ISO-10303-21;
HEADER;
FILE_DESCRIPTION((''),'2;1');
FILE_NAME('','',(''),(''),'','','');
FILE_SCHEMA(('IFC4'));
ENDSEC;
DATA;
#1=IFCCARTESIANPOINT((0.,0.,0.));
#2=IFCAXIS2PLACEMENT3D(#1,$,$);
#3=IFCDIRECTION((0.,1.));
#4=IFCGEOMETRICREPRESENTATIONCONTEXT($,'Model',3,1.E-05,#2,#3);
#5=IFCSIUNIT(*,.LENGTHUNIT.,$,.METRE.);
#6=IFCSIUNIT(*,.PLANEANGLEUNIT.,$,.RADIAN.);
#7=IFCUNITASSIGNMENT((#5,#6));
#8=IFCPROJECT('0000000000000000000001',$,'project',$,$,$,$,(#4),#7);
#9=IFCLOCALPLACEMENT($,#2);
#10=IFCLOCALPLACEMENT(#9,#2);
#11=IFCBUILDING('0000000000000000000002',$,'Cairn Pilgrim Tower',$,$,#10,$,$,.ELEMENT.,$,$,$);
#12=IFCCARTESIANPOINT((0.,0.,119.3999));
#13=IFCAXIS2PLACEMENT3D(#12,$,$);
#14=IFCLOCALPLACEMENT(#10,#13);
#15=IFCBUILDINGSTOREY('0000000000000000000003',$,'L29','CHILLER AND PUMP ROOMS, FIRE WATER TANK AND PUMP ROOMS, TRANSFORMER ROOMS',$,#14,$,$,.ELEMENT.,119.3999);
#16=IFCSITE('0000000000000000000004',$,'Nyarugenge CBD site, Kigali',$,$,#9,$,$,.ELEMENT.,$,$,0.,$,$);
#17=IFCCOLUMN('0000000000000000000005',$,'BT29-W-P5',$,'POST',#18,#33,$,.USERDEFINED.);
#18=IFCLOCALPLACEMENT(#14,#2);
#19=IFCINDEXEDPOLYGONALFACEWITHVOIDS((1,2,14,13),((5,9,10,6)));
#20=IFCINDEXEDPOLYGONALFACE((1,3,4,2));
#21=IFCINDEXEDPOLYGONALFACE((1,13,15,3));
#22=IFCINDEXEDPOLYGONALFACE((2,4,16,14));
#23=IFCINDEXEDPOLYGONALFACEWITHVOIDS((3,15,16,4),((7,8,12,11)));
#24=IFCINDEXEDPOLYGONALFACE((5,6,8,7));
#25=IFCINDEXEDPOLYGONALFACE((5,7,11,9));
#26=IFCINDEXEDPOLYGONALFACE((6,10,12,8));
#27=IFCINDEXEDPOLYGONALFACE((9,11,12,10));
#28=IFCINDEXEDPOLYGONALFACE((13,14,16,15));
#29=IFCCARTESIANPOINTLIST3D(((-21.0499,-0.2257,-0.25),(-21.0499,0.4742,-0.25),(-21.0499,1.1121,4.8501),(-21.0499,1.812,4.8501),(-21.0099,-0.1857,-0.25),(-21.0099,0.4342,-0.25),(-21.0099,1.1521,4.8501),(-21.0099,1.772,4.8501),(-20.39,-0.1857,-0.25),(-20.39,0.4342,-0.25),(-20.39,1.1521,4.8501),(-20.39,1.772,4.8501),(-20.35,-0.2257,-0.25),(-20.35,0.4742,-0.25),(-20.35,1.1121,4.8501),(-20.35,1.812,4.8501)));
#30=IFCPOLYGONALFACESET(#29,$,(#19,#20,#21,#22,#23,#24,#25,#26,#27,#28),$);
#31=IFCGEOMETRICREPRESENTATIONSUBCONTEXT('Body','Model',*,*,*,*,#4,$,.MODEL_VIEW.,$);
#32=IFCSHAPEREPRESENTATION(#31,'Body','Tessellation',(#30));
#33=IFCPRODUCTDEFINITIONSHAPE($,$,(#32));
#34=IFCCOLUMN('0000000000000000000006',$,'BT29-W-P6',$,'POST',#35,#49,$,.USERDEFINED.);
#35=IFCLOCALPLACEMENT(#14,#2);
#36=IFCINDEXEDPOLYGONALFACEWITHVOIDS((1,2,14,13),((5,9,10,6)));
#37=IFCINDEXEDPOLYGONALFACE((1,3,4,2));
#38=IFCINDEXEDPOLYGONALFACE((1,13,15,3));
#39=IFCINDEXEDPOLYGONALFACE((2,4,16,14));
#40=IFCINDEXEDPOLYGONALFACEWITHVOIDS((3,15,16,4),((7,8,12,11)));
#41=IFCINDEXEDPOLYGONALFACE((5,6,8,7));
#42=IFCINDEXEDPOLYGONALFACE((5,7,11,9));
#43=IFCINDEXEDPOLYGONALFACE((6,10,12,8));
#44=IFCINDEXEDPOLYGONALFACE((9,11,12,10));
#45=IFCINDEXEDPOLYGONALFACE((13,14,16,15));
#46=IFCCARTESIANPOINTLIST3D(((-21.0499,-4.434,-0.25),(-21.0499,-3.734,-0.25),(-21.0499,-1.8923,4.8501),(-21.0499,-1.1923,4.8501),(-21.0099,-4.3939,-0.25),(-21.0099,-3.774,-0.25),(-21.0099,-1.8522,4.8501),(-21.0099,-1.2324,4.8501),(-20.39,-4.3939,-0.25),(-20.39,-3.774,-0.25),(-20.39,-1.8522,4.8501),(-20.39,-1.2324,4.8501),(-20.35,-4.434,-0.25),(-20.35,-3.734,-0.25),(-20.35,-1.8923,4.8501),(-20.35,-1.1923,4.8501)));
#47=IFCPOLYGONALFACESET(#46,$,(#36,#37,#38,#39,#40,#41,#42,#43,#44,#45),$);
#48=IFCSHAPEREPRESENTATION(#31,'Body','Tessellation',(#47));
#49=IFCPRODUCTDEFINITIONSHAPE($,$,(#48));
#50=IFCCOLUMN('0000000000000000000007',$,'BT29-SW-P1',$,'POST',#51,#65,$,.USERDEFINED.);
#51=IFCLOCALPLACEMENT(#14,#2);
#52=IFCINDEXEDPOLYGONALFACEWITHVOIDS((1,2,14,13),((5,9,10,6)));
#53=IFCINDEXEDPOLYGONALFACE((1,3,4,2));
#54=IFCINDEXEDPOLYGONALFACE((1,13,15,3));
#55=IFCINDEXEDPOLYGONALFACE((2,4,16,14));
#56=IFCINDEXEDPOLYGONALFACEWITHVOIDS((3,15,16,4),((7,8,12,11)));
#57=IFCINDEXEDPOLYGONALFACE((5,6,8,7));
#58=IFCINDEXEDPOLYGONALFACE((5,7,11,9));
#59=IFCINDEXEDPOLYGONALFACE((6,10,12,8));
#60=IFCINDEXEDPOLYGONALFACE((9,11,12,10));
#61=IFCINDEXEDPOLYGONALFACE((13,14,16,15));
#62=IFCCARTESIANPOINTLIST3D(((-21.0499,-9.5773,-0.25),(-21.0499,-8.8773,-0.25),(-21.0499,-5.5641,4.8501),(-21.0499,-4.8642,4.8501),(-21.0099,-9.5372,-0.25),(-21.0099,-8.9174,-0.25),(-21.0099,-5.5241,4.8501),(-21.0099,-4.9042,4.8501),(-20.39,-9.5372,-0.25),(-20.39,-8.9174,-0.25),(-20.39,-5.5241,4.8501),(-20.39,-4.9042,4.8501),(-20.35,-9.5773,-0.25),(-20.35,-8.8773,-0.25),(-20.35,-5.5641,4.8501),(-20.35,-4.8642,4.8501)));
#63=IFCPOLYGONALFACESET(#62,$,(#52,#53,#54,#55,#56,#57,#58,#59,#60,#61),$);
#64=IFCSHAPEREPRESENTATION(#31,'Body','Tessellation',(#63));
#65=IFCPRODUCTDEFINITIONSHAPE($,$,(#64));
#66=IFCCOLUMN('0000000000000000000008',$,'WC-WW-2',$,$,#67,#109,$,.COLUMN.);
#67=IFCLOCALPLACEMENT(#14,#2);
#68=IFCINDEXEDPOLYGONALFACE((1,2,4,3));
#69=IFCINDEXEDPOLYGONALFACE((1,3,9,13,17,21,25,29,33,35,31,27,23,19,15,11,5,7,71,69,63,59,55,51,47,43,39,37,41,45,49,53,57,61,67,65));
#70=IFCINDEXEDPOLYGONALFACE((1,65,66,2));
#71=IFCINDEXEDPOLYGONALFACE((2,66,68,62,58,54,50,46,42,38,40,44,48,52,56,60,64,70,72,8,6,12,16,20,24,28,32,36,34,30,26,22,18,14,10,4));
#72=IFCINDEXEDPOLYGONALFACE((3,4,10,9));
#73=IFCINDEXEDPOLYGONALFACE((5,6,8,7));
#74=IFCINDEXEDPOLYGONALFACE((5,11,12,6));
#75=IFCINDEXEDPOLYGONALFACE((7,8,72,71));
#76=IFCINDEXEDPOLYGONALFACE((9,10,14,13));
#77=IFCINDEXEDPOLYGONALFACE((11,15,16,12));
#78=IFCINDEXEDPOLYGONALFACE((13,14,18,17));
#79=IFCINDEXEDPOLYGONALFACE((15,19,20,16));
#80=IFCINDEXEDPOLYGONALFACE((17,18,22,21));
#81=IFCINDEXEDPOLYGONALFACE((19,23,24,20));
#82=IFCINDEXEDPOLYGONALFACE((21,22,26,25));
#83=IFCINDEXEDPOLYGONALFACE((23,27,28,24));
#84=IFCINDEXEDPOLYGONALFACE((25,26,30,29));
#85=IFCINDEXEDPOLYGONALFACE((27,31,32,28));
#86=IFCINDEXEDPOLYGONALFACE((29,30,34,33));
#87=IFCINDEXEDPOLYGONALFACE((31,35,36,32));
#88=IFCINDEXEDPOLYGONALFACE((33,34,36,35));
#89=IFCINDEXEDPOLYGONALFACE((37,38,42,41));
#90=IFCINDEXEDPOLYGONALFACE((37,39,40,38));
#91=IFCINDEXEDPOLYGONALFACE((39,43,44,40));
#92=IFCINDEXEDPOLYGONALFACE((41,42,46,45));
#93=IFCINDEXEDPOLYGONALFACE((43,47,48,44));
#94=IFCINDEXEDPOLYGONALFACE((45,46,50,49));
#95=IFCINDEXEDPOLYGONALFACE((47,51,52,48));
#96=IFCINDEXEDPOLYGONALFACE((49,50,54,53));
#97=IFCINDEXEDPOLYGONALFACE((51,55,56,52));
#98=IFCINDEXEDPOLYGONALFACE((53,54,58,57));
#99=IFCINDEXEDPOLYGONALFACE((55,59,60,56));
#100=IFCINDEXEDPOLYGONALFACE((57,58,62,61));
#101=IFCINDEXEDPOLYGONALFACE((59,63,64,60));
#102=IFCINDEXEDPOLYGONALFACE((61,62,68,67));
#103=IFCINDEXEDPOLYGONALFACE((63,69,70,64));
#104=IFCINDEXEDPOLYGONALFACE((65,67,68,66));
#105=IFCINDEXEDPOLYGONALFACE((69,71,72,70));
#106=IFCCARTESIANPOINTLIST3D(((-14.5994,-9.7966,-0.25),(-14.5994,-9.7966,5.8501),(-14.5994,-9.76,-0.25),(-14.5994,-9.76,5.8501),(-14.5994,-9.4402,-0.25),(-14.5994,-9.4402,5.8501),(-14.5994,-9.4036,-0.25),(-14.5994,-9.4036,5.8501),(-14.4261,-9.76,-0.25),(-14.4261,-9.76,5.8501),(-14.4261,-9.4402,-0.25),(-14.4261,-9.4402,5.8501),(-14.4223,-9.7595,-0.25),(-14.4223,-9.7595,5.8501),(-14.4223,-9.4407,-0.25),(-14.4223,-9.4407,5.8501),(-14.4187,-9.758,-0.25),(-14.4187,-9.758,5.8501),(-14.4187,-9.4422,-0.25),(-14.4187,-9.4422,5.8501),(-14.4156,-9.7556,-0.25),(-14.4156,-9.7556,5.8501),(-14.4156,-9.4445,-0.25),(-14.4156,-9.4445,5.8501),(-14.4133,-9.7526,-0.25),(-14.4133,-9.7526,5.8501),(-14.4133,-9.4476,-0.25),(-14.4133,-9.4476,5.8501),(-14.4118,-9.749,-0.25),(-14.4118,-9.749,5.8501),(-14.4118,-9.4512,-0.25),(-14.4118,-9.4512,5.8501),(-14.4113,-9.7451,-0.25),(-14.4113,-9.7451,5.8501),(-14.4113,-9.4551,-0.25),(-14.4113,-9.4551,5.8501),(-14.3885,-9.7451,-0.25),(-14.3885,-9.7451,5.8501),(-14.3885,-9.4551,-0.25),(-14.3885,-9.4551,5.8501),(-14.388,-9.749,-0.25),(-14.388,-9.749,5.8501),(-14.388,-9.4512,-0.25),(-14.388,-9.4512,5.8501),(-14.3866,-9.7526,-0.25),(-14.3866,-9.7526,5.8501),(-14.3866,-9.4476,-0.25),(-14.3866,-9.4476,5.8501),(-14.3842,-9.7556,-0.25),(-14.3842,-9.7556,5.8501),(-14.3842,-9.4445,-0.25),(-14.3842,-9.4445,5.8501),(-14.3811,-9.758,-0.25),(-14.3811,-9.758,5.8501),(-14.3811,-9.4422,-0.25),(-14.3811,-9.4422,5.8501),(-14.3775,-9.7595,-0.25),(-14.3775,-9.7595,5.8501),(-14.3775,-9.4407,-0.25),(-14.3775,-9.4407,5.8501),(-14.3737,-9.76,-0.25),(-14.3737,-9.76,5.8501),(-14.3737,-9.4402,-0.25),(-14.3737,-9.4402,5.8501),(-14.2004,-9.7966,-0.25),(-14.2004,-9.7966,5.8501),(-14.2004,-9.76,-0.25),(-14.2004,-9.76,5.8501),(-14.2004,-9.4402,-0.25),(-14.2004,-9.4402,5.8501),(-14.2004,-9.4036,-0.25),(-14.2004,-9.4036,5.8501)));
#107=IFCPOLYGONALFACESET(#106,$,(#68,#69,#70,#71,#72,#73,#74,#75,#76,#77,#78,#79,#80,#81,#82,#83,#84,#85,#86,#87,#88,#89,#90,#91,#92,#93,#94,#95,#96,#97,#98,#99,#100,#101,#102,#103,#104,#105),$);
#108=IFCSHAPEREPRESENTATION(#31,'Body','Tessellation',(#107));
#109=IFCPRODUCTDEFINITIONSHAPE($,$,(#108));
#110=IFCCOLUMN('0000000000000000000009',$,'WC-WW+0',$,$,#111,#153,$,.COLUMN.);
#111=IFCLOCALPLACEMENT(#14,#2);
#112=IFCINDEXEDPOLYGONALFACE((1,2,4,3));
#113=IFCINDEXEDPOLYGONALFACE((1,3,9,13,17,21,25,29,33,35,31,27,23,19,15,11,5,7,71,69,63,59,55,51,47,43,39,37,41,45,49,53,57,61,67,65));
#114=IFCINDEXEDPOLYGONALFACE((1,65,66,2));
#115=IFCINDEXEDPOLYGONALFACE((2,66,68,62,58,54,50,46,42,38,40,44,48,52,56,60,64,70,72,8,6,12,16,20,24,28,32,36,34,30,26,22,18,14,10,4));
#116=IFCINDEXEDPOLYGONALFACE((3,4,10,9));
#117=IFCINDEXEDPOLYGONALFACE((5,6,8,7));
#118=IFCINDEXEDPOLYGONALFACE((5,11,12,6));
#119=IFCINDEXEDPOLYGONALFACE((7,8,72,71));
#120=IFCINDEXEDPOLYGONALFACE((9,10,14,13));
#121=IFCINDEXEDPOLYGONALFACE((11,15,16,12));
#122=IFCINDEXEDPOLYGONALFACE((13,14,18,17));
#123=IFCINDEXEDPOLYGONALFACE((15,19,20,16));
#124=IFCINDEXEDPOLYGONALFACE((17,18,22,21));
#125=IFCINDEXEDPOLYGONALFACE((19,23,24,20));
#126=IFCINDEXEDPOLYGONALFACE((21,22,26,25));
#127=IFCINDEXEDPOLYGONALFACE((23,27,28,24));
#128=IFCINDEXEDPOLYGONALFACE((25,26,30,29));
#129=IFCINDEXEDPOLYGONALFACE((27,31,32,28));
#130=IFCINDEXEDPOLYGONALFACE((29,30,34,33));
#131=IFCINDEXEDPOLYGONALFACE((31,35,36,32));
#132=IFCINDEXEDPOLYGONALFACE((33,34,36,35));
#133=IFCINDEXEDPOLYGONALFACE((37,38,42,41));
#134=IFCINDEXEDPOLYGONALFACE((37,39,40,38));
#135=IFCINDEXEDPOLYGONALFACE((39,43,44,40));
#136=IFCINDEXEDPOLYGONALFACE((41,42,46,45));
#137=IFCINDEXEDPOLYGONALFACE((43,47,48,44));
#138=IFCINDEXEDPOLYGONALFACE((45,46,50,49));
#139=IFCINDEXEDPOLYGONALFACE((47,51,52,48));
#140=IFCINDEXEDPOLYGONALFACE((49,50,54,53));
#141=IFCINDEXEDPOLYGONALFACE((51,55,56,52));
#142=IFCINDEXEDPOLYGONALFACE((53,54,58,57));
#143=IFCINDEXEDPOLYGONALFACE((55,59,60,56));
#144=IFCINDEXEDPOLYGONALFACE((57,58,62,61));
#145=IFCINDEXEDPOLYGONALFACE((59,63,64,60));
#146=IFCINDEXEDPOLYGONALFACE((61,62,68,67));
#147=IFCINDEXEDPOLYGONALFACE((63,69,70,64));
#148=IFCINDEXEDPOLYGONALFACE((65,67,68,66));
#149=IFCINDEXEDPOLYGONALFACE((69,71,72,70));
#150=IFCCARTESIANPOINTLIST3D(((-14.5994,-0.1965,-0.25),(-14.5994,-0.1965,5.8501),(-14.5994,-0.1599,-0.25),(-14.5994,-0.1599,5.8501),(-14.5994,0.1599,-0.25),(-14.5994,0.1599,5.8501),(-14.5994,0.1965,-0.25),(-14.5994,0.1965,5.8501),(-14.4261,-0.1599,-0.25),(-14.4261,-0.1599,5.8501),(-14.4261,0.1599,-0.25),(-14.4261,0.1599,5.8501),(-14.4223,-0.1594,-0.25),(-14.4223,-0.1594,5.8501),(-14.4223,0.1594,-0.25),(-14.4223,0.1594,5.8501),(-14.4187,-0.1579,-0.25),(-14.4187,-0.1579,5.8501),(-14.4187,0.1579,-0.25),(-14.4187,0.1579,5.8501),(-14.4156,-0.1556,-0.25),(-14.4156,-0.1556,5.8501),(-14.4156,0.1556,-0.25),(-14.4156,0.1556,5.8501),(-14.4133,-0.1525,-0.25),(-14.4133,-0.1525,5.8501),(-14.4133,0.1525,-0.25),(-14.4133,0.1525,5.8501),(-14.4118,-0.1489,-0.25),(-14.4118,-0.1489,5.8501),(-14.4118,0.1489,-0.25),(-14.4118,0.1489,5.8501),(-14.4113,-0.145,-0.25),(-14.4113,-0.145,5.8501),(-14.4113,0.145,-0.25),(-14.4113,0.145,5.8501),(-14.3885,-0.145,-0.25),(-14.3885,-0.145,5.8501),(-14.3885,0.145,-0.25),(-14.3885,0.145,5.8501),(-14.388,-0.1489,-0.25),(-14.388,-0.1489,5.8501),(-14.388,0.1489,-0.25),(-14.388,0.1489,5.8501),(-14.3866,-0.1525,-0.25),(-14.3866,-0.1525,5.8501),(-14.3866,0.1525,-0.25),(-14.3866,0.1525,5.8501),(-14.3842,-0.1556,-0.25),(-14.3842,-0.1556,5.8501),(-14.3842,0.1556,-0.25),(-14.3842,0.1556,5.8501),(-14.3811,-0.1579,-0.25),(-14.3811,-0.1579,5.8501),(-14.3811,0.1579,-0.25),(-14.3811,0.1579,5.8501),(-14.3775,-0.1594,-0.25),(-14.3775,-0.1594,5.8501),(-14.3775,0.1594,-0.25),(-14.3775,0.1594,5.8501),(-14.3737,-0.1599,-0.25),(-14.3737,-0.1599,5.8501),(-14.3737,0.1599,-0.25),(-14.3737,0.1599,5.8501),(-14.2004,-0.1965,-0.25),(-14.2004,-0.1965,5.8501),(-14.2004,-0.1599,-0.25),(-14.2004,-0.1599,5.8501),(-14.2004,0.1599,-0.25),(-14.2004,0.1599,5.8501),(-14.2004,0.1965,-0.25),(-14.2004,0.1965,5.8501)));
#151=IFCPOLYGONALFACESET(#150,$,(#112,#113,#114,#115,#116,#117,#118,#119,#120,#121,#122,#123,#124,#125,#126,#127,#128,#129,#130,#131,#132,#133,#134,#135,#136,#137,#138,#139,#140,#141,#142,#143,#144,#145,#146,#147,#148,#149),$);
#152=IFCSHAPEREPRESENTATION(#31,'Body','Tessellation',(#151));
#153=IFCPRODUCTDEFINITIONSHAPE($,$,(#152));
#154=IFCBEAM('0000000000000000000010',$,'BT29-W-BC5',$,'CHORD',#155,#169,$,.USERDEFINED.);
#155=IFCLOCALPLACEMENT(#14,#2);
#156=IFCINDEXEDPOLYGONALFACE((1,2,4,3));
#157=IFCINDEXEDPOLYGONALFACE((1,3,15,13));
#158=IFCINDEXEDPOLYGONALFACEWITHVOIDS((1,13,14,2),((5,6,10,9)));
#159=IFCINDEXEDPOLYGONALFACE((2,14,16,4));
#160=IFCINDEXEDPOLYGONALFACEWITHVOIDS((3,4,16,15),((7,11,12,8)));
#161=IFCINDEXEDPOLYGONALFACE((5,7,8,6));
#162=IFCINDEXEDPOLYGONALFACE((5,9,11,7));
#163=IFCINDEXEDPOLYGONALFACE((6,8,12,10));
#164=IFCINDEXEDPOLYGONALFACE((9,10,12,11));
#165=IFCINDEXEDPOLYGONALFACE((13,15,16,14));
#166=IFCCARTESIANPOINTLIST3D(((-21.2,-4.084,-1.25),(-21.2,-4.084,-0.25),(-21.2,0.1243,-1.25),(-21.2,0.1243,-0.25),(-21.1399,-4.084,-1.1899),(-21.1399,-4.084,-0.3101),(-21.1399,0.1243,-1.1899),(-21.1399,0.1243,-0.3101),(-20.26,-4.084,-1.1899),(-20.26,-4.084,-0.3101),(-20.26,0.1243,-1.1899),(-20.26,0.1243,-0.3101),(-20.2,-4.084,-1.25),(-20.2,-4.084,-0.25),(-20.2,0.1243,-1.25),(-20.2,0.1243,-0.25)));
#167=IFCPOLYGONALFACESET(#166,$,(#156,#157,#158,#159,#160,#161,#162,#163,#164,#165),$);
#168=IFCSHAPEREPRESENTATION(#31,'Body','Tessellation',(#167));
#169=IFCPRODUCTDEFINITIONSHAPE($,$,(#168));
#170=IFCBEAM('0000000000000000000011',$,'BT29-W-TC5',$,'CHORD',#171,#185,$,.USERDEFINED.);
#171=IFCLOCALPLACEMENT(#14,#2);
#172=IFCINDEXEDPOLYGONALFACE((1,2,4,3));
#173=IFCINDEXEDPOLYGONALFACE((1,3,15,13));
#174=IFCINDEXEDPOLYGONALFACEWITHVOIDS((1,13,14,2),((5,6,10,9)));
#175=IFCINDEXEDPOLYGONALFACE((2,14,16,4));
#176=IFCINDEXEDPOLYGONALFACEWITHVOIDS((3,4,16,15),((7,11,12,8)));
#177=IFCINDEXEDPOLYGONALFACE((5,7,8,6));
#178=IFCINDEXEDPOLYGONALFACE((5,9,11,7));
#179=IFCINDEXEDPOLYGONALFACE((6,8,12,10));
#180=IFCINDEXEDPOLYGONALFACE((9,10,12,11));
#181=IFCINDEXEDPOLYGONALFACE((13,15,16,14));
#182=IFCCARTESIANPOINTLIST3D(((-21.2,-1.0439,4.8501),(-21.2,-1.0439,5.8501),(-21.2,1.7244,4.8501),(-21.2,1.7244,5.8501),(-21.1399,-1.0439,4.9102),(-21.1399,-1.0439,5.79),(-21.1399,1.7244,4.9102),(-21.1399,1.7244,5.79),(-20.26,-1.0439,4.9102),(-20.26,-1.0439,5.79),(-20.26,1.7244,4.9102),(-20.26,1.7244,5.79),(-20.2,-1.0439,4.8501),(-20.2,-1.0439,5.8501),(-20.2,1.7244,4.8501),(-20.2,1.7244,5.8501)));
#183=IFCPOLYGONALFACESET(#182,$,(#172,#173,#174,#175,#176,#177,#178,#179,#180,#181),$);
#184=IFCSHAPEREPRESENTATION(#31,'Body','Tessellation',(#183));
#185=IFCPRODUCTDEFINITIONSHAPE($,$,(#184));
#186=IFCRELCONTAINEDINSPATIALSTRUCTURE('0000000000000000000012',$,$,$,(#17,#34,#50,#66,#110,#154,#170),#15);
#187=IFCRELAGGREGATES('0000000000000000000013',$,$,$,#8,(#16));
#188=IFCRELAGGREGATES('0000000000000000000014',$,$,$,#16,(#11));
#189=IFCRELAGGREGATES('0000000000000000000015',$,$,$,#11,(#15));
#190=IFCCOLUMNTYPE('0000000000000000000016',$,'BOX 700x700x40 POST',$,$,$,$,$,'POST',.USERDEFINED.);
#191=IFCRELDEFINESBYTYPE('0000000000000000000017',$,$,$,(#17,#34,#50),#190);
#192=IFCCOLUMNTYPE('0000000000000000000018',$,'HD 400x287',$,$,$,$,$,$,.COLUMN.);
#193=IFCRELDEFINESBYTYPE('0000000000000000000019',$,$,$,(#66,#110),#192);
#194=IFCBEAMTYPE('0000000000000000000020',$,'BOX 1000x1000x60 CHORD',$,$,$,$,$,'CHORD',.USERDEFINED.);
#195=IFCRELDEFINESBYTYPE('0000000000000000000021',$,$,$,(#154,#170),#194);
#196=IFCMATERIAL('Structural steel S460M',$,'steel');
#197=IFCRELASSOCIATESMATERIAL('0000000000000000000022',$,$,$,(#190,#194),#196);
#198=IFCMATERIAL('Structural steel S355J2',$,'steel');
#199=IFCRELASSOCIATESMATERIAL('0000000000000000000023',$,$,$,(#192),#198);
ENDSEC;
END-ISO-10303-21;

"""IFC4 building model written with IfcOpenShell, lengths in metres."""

from ifc_helpers import new_model, si_unit, direction, frame, origin, origin_2d, place, context, subcontext, project, spatial, hollow_rectangle, i_section, extrude, clip, halfspace, material, material_profile, profile_set, type_object, element, save


model = new_model("IFC4")

# Units and contexts
model_context = context("Model", 3, precision=1e-05, world=origin(), true_north=direction((0.0, 1.0)))
body_context = subcontext(model_context, "Body", "Model", "MODEL_VIEW")
ifc_project = project(units=[si_unit("LENGTHUNIT", "METRE"), si_unit("PLANEANGLEUNIT", "RADIAN")], contexts=[model_context])

# Site, building, storey
site_placement = place(None, origin())
site = spatial("IfcSite", under=ifc_project, at=site_placement, Name="Nyarugenge CBD site, Kigali", CompositionType="ELEMENT", RefElevation=0.0)
building_placement = place(site_placement, origin())
building = spatial("IfcBuilding", under=site, at=building_placement, Name="Cairn Pilgrim Tower", CompositionType="ELEMENT")
storey_placement = place(building_placement, frame((0.0, 0.0, 119.3999)))
storey = spatial("IfcBuildingStorey", under=building, at=storey_placement, Name="L29", Description="CHILLER AND PUMP ROOMS, FIRE WATER TANK AND PUMP ROOMS, TRANSFORMER ROOMS", CompositionType="ELEMENT", Elevation=119.3999)

# Columns
ifc_material_1 = material(Name="Structural steel S460M", Category="steel")
ifc_material_profile_1 = material_profile(ifc_material_1, hollow_rectangle(XDim=0.7, YDim=0.7, WallThickness=0.04, at=origin_2d()), Name="BOX 700x700x40")
ifc_profile_set_1 = profile_set([ifc_material_profile_1], Name="Structural steel S460M")
column_type_1 = type_object("IfcColumnType", Name="BOX 700x700x40 POST", ElementType="POST", PredefinedType="USERDEFINED", material=ifc_profile_set_1)
column_1_placement = place(storey_placement, frame((-20.7, 0.1243, -0.25), z_axis=(0.0, 0.0, 1.0), x_axis=(1.0, 0.0, 0.0)))
element("IfcColumn", 1, at=column_1_placement, inside=storey, type_object=column_type_1, Name="BT29-W-P5", ObjectType="POST", PredefinedType="USERDEFINED", context=body_context, shape_type="Clipping", body=[
    clip(extrude(hollow_rectangle(XDim=0.7, YDim=0.7, WallThickness=0.04, at=origin_2d()), origin(), (0.0, 0.253723, 0.967277), 6.3064), halfspace(frame((0.0, 0.0, 5.1001), z_axis=(0.0, 0.0, 1.0), x_axis=(1.0, 0.0, 0.0)), False)),
])
column_2_placement = place(storey_placement, frame((-20.7, -4.084, -0.25), z_axis=(0.0, 0.0, 1.0), x_axis=(1.0, 0.0, 0.0)))
element("IfcColumn", 2, at=column_2_placement, inside=storey, type_object=column_type_1, Name="BT29-W-P6", ObjectType="POST", PredefinedType="USERDEFINED", context=body_context, shape_type="Clipping", body=[
    clip(extrude(hollow_rectangle(XDim=0.7, YDim=0.7, WallThickness=0.04, at=origin_2d()), origin(), (0.0, 0.446038, 0.895014), 6.8157), halfspace(frame((0.0, 0.0, 5.1001), z_axis=(0.0, 0.0, 1.0), x_axis=(1.0, 0.0, 0.0)), False)),
])
column_3_placement = place(storey_placement, frame((-20.7, -9.2273, -0.25), z_axis=(0.0, 0.0, 1.0), x_axis=(1.0, 0.0, 0.0)))
element("IfcColumn", 3, at=column_3_placement, inside=storey, type_object=column_type_1, Name="BT29-SW-P1", ObjectType="POST", PredefinedType="USERDEFINED", context=body_context, shape_type="Clipping", body=[
    clip(extrude(hollow_rectangle(XDim=0.7, YDim=0.7, WallThickness=0.04, at=origin_2d()), origin(), (0.0, 0.618388, 0.785873), 7.7622), halfspace(frame((0.0, 0.0, 5.1001), z_axis=(0.0, 0.0, 1.0), x_axis=(1.0, 0.0, 0.0)), False)),
])
ifc_material_2 = material(Name="Structural steel S355J2", Category="steel")
ifc_material_profile_2 = material_profile(ifc_material_2, i_section(OverallWidth=0.3989, OverallDepth=0.3931, WebThickness=0.0227, FlangeThickness=0.0366, FilletRadius=0.0149, at=origin_2d()), Name="HD 400x287")
ifc_profile_set_2 = profile_set([ifc_material_profile_2], Name="Structural steel S355J2")
column_type_2 = type_object("IfcColumnType", Name="HD 400x287", PredefinedType="COLUMN", material=ifc_profile_set_2)
for number, where, z_axis, x_axis, name in (
    (4, (-14.3999, -9.6001, -0.25), (0.0, 0.0, 1.0), (1.0, 0.0, 0.0), "WC-WW-2"),
    (5, (-14.3999, 0.0, -0.25), (0.0, 0.0, 1.0), (1.0, 0.0, 0.0), "WC-WW+0"),
):
    element("IfcColumn", number, at=place(storey_placement, frame(where, z_axis=z_axis, x_axis=x_axis)), inside=storey, type_object=column_type_2, Name=name, PredefinedType="COLUMN", context=body_context, shape_type="SweptSolid", body=[
        extrude(i_section(OverallWidth=0.3989, OverallDepth=0.3931, WebThickness=0.0227, FlangeThickness=0.0366, FilletRadius=0.0149, at=origin_2d()), origin(), (0.0, 0.0, 1.0), 6.1001),
    ])

# Beams
ifc_material_profile_3 = material_profile(ifc_material_1, hollow_rectangle(XDim=1.0, YDim=1.0, WallThickness=0.0601, at=origin_2d()), Name="BOX 1000x1000x60")
ifc_profile_set_3 = profile_set([ifc_material_profile_3], Name="Structural steel S460M")
beam_type_1 = type_object("IfcBeamType", Name="BOX 1000x1000x60 CHORD", ElementType="CHORD", PredefinedType="USERDEFINED", material=ifc_profile_set_3)
beam_1_placement = place(storey_placement, frame((-20.7, 0.1243, -0.75), z_axis=(0.0, -1.0, 0.0), x_axis=(1.0, 0.0, 0.0)))
element("IfcBeam", 6, at=beam_1_placement, inside=storey, type_object=beam_type_1, Name="BT29-W-BC5", ObjectType="CHORD", PredefinedType="USERDEFINED", context=body_context, shape_type="SweptSolid", body=[
    extrude(hollow_rectangle(XDim=1.0, YDim=1.0, WallThickness=0.0601, at=origin_2d()), origin(), (0.0, 0.0, 1.0), 4.2083),
])
beam_2_placement = place(storey_placement, frame((-20.7, 1.7244, 5.3501), z_axis=(0.0, -1.0, 0.0), x_axis=(1.0, 0.0, 0.0)))
element("IfcBeam", 7, at=beam_2_placement, inside=storey, type_object=beam_type_1, Name="BT29-W-TC5", ObjectType="CHORD", PredefinedType="USERDEFINED", context=body_context, shape_type="SweptSolid", body=[
    extrude(hollow_rectangle(XDim=1.0, YDim=1.0, WallThickness=0.0601, at=origin_2d()), origin(), (0.0, 0.0, 1.0), 2.7683),
])

save(model, "model.ifc")
